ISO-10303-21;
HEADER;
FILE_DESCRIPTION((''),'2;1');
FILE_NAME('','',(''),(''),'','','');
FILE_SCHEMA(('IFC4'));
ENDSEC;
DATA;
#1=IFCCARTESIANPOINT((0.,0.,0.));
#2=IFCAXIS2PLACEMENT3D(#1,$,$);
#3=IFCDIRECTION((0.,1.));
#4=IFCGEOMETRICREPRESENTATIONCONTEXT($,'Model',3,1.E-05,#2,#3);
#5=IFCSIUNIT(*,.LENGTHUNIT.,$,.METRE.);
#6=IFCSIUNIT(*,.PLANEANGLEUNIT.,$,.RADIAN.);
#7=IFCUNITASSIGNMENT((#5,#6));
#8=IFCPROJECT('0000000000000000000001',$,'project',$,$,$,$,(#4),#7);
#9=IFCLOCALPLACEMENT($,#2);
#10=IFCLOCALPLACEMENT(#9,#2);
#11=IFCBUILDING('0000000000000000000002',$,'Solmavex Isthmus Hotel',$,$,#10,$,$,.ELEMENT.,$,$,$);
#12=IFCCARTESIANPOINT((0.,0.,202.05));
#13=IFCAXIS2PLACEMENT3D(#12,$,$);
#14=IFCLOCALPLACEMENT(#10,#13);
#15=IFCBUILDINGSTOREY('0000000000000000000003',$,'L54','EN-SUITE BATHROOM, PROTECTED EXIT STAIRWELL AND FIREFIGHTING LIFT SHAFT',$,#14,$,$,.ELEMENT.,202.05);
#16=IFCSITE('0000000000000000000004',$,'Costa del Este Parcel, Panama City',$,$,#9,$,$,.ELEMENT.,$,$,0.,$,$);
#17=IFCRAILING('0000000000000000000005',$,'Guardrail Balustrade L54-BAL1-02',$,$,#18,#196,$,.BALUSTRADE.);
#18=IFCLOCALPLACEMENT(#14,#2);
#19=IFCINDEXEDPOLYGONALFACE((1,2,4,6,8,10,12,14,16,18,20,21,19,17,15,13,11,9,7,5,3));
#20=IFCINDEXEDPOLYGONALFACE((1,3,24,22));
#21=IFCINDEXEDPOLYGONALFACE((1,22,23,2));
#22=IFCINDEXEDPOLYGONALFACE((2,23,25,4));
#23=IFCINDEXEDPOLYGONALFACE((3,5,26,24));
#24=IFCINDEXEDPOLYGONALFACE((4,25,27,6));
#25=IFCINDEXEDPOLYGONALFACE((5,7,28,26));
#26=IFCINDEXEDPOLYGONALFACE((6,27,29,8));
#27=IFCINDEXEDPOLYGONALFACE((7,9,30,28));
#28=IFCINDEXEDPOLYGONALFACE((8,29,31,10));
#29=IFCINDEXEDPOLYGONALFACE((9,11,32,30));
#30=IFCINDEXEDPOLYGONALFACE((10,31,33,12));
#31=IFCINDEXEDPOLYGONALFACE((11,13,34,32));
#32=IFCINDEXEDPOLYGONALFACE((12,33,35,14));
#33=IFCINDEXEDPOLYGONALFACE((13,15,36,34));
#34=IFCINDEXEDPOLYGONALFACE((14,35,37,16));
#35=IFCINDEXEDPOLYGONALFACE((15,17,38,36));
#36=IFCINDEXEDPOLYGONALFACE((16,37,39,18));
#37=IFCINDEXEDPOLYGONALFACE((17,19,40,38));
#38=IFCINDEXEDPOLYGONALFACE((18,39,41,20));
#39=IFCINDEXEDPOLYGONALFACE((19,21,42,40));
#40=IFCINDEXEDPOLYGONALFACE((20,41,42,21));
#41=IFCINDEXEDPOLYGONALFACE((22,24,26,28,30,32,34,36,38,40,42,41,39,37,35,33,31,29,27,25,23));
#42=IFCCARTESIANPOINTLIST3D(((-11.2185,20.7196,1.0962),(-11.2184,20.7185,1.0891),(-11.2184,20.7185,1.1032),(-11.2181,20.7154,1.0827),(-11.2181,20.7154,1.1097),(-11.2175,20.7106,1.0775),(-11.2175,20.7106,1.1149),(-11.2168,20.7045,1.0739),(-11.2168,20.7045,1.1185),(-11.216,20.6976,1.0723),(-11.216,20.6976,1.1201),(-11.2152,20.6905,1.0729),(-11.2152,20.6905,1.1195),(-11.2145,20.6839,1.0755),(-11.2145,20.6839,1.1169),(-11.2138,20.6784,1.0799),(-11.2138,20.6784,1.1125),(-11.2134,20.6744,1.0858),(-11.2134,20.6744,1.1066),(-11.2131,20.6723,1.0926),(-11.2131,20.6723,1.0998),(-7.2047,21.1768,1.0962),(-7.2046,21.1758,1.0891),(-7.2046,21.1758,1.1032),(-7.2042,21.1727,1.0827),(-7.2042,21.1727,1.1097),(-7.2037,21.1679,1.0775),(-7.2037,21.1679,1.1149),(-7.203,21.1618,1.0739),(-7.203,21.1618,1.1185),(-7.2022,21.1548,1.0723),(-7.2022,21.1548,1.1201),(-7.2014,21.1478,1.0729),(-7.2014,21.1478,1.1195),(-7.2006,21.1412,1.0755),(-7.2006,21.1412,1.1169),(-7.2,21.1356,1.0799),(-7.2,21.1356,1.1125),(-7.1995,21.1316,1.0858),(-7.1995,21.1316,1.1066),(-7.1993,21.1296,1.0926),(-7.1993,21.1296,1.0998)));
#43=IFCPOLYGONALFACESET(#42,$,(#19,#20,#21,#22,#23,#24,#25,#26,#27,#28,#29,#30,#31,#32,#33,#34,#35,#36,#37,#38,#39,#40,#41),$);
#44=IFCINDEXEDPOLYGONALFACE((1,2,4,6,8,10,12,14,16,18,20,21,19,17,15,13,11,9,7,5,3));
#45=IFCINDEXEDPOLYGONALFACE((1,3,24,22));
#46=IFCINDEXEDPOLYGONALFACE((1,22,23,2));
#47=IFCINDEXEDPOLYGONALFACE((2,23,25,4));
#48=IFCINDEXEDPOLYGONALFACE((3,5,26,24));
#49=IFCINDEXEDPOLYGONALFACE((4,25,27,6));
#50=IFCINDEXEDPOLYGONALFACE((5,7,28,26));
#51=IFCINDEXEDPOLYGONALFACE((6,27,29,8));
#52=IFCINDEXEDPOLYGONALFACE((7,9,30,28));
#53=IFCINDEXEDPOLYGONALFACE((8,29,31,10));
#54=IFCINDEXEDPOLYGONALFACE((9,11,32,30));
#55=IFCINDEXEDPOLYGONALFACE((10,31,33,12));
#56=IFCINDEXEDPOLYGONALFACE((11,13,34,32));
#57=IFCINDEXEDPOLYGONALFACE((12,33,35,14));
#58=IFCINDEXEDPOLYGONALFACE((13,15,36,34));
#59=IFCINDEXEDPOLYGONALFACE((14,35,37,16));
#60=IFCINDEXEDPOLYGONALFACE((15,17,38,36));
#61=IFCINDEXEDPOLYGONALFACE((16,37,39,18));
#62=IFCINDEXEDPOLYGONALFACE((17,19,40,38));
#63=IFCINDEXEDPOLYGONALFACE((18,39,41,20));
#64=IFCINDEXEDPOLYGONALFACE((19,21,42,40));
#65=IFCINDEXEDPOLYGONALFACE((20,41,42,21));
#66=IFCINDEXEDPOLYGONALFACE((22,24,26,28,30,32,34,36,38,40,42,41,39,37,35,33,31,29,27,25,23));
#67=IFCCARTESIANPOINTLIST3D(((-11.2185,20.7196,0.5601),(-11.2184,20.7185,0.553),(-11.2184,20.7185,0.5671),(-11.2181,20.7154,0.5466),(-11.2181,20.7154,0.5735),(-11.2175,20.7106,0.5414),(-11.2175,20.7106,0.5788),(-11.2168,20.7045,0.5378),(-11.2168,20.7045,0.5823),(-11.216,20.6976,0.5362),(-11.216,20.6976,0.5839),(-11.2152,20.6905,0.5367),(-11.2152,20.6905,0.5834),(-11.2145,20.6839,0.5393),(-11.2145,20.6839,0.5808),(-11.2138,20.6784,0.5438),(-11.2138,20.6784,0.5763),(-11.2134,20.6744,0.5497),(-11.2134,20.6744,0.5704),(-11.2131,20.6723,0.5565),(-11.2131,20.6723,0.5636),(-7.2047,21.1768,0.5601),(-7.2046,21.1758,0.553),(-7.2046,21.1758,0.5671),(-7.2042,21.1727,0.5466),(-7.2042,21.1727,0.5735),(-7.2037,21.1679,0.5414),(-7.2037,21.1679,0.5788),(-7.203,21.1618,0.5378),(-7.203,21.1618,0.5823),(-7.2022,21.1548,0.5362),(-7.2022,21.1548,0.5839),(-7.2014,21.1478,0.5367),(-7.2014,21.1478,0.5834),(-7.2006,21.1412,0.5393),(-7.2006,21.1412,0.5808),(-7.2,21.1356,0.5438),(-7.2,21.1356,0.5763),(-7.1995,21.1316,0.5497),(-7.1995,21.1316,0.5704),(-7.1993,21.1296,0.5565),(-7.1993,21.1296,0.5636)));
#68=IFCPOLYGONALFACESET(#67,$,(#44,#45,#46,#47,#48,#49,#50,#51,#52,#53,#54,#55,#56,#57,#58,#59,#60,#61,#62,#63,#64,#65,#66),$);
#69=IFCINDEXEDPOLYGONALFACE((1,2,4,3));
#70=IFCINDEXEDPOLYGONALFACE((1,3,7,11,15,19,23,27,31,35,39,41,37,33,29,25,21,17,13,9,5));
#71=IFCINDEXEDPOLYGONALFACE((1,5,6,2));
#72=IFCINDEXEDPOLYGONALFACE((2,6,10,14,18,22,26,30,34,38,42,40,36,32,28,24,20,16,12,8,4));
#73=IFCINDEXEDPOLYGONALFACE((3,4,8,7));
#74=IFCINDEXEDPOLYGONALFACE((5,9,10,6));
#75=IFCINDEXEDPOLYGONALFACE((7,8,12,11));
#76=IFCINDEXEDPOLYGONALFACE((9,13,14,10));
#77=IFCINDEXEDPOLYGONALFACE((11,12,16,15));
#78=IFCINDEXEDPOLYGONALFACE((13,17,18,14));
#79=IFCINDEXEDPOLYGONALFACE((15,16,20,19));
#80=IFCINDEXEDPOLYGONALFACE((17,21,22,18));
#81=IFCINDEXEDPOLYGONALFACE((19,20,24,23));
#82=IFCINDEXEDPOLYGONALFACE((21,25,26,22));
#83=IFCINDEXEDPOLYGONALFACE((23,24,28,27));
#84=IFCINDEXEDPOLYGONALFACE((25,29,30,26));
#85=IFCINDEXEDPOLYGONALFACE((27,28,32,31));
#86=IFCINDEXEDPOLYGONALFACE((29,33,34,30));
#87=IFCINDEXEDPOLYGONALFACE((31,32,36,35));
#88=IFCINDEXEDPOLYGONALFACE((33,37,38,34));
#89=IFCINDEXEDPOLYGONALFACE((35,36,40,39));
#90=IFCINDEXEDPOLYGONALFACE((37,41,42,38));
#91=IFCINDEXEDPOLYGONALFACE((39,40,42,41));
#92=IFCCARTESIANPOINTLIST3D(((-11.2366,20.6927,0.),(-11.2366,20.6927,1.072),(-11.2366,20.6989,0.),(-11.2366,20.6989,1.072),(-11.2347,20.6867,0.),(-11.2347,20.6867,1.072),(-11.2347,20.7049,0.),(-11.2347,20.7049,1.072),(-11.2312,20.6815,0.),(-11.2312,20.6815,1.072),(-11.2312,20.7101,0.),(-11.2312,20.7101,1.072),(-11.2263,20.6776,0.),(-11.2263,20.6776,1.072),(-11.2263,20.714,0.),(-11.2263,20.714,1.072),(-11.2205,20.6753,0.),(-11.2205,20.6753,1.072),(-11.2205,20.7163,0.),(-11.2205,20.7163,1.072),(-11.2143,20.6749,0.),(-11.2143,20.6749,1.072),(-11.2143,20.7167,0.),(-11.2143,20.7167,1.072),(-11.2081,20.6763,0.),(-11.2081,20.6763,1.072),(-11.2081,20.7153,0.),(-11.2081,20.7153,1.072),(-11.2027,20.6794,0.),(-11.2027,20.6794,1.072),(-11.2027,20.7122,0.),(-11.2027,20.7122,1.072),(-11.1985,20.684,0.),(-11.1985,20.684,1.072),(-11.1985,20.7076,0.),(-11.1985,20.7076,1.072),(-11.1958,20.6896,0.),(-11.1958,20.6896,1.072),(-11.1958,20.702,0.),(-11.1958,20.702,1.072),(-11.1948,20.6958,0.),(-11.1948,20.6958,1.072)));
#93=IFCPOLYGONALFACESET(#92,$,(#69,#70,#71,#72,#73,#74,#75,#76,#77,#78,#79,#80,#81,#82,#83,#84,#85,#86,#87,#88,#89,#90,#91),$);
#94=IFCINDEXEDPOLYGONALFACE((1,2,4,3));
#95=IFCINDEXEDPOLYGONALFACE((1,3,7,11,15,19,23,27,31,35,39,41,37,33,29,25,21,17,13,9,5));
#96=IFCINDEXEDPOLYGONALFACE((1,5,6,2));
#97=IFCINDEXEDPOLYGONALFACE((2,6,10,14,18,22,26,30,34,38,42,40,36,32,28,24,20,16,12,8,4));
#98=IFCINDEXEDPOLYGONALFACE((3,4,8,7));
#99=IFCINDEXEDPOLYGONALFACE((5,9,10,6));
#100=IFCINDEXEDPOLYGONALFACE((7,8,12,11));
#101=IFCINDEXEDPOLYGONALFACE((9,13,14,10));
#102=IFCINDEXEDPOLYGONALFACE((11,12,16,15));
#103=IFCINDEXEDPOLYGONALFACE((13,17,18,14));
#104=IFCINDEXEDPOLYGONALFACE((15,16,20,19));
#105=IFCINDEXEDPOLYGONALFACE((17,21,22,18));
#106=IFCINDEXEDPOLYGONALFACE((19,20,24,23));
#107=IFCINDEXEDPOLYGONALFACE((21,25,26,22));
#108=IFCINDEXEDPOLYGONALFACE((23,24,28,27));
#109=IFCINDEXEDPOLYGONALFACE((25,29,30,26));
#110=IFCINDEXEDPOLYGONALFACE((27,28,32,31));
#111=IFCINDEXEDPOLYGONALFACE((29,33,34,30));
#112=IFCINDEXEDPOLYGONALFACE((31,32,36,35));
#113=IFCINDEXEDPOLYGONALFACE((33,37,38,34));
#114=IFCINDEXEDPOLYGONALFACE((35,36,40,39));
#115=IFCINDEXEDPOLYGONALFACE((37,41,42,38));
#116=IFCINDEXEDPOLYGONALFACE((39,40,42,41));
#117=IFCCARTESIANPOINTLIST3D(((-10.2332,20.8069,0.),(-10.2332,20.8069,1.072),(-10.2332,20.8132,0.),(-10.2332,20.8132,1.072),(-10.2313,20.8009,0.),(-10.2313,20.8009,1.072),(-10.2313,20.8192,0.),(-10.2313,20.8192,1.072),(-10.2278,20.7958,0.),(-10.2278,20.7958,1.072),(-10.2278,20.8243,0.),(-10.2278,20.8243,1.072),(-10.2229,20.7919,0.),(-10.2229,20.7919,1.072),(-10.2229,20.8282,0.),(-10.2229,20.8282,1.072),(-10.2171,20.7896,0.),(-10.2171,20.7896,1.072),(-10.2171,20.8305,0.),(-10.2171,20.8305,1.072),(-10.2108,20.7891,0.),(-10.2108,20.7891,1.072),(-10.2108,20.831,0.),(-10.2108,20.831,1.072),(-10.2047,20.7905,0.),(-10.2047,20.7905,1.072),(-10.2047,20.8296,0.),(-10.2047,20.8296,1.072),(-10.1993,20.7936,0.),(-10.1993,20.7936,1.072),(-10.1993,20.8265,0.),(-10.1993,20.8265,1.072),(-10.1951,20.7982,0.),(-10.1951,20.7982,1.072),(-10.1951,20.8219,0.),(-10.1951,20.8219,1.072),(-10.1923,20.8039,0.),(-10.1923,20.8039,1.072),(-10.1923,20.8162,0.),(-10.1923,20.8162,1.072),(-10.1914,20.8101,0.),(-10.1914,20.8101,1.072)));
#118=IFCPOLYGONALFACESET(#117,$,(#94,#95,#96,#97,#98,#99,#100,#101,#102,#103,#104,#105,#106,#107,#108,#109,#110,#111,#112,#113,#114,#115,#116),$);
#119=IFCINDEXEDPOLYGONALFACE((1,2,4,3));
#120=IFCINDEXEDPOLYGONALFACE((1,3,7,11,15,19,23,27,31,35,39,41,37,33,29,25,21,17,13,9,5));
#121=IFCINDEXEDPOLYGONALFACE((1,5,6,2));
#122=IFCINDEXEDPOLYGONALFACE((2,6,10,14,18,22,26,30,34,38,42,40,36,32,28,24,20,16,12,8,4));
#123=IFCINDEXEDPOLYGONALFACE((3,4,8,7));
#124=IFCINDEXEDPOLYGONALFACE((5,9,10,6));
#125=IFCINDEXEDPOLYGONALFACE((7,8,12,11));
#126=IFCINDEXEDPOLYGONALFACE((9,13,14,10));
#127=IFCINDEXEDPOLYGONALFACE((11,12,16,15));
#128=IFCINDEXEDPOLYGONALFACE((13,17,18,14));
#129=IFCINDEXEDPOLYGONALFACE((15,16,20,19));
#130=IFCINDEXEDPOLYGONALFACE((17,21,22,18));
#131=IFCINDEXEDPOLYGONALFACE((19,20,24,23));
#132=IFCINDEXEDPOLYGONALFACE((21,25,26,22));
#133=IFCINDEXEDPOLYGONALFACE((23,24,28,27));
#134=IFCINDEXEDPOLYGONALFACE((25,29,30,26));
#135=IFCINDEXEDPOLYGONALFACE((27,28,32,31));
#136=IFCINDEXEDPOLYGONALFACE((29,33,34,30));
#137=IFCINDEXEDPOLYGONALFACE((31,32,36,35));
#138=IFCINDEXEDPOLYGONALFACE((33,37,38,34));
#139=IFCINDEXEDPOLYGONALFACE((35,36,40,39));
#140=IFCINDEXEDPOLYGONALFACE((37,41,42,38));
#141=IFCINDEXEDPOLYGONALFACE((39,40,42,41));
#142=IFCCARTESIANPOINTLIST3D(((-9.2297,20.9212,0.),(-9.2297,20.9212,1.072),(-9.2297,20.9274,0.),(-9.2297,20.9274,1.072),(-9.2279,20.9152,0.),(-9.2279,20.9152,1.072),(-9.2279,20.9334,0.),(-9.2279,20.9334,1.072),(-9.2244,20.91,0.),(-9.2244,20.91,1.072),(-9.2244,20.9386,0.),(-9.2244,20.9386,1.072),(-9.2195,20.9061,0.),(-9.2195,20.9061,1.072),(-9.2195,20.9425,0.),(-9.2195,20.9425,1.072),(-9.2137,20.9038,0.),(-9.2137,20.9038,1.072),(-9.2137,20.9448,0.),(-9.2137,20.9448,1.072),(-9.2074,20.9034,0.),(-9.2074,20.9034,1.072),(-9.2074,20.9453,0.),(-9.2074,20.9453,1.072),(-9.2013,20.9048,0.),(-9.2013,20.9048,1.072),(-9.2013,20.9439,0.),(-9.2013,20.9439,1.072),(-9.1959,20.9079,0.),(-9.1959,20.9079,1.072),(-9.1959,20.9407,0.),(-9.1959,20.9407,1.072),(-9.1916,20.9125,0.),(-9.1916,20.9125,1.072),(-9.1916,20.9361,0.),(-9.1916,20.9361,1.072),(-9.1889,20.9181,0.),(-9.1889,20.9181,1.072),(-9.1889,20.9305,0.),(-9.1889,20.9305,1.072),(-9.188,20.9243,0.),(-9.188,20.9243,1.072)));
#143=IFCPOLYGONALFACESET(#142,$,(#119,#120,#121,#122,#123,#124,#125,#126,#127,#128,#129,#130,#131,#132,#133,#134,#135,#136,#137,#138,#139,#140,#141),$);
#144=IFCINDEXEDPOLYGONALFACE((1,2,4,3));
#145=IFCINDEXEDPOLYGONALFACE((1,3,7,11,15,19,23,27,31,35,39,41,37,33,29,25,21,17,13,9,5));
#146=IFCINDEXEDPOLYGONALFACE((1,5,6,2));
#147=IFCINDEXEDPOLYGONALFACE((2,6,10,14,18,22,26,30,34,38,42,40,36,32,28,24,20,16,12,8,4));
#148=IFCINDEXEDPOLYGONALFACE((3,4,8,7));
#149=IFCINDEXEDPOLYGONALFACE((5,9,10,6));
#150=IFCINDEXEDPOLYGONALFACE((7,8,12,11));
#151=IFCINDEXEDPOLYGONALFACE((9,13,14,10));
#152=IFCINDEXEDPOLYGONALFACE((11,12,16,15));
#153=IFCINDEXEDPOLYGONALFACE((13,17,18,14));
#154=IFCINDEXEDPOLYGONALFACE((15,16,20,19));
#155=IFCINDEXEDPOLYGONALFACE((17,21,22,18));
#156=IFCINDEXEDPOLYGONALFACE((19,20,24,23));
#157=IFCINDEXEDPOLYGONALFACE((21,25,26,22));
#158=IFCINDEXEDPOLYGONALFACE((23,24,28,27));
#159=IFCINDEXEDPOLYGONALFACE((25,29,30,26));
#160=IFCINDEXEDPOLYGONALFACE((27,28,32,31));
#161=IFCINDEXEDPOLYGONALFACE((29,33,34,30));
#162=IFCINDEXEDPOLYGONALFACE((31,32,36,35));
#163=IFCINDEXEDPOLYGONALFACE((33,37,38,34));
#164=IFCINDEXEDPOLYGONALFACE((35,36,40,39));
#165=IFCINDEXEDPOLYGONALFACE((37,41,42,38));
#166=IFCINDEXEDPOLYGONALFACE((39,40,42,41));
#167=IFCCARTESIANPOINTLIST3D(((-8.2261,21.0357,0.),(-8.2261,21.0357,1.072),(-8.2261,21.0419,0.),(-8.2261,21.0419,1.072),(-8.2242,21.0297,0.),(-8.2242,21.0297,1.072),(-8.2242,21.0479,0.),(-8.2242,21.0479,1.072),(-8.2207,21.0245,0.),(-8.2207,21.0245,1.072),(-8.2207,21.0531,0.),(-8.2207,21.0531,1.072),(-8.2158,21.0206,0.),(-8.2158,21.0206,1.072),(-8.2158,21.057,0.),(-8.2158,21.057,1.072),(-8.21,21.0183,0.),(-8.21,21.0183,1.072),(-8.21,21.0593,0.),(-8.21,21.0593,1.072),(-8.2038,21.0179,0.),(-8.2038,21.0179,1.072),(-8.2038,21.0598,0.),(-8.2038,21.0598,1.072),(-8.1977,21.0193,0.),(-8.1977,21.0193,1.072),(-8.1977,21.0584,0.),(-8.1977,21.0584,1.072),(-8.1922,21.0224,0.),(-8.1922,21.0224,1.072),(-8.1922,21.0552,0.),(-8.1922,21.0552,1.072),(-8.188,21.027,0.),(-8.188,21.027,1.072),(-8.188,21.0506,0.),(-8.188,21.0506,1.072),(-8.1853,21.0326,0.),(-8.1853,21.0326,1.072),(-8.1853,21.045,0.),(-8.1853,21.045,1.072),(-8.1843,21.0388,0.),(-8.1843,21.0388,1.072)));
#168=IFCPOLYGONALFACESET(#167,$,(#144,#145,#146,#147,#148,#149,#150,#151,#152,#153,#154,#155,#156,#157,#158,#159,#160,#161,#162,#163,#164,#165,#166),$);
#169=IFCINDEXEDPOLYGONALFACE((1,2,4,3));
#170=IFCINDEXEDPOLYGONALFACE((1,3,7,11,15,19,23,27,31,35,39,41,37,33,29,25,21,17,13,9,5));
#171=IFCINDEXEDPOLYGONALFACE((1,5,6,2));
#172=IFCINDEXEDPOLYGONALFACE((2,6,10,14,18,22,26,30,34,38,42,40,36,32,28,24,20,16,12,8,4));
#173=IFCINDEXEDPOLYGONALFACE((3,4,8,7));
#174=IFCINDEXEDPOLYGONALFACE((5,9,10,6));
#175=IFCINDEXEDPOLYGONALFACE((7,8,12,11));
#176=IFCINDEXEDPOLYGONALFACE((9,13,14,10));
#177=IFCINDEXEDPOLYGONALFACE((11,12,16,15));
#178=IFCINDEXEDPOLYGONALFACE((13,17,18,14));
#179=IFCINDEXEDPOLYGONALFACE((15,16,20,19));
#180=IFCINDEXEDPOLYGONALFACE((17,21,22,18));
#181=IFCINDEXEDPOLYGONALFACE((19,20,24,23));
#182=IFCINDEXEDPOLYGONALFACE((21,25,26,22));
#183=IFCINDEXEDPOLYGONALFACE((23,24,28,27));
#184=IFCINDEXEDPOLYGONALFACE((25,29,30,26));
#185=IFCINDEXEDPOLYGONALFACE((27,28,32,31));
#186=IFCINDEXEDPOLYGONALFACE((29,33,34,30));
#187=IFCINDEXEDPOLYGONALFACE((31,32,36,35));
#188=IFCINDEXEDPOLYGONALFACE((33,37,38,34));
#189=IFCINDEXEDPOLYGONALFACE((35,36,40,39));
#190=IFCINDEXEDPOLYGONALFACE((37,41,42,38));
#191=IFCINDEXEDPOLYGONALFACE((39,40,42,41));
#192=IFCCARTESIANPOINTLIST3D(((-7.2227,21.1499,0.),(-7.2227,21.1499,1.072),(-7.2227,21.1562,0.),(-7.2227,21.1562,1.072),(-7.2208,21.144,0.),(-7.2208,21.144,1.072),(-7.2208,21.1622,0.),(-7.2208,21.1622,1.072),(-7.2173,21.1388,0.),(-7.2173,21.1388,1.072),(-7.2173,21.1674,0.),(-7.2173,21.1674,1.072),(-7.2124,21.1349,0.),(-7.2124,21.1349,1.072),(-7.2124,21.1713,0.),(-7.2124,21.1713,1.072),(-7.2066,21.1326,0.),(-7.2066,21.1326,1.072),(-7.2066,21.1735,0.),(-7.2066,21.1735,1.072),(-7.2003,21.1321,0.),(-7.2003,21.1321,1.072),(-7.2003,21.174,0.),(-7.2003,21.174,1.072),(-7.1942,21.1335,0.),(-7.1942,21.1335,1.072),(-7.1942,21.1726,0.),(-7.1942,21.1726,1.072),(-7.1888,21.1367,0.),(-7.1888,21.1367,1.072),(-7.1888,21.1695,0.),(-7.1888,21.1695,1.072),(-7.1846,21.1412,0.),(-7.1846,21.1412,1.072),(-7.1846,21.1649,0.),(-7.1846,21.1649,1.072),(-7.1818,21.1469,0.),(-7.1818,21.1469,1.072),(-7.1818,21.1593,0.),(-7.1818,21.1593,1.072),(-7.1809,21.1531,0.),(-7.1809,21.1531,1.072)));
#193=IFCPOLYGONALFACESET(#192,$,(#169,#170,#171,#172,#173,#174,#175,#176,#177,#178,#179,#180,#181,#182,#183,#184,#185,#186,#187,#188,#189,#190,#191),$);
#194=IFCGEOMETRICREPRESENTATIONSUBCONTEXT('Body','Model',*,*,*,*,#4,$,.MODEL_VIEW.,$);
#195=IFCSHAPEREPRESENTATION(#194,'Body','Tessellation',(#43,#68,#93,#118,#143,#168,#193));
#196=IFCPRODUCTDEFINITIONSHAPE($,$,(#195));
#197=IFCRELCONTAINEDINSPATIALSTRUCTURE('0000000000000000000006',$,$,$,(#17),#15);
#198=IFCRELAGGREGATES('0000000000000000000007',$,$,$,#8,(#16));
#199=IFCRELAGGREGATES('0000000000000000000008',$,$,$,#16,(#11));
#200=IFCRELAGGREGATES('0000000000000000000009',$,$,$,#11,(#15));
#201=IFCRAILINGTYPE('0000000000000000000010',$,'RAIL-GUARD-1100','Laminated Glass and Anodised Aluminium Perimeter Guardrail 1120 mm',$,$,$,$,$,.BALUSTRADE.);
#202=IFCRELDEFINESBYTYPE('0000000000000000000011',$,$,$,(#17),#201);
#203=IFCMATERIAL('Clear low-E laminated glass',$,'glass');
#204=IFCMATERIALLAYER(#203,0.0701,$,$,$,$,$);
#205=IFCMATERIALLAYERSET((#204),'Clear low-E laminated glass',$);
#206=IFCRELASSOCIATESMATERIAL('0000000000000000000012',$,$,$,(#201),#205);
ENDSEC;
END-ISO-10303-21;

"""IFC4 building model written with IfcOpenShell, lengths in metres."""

from ifc_helpers import new_model, si_unit, direction, frame, origin, origin_2d, place, context, subcontext, project, spatial, circle, extrude, material, layer, layer_set, type_object, element, save


model = new_model("IFC4")

# Units and contexts
model_context = context("Model", 3, precision=1e-05, world=origin(), true_north=direction((0.0, 1.0)))
body_context = subcontext(model_context, "Body", "Model", "MODEL_VIEW")
ifc_project = project(units=[si_unit("LENGTHUNIT", "METRE"), si_unit("PLANEANGLEUNIT", "RADIAN")], contexts=[model_context])

# Site, building, storey
site_placement = place(None, origin())
site = spatial("IfcSite", under=ifc_project, at=site_placement, Name="Costa del Este Parcel, Panama City", CompositionType="ELEMENT", RefElevation=0.0)
building_placement = place(site_placement, origin())
building = spatial("IfcBuilding", under=site, at=building_placement, Name="Solmavex Isthmus Hotel", CompositionType="ELEMENT")
storey_placement = place(building_placement, frame((0.0, 0.0, 202.05)))
storey = spatial("IfcBuildingStorey", under=building, at=storey_placement, Name="L54", Description="EN-SUITE BATHROOM, PROTECTED EXIT STAIRWELL AND FIREFIGHTING LIFT SHAFT", CompositionType="ELEMENT", Elevation=202.05)

# Shared definitions
ifc_material_1 = material(Name="Clear low-E laminated glass", Category="glass")

# Railing
ifc_layer_1 = layer(ifc_material_1, 0.0701)
ifc_layer_set_1 = layer_set([ifc_layer_1], Name="Clear low-E laminated glass")
railing_type = type_object("IfcRailingType", Name="RAIL-GUARD-1100", Description="Laminated Glass and Anodised Aluminium Perimeter Guardrail 1120 mm", PredefinedType="BALUSTRADE", material=ifc_layer_set_1)
railing_1_placement = place(storey_placement, frame((-11.2158, 20.6958, 0.0)))
element("IfcRailing", 1, at=railing_1_placement, inside=storey, type_object=railing_type, Name="Guardrail Balustrade L54-BAL1-02", PredefinedType="BALUSTRADE", context=body_context, shape_type="SweptSolid", body=[
    extrude(circle(Radius=0.0239, at=origin_2d()), frame((0.0, 0.0, 1.0962), z_axis=(0.993573, 0.11319, 0.0), x_axis=(-0.11319, 0.993573, 0.0)), (0.0, 0.0, 1.0), 4.0398),
    extrude(circle(Radius=0.0239, at=origin_2d()), frame((0.0, 0.0, 0.5601), z_axis=(0.993573, 0.11319, 0.0), x_axis=(-0.11319, 0.993573, 0.0)), (0.0, 0.0, 1.0), 4.0398),
    extrude(circle(Radius=0.021, at=origin_2d()), origin(), (0.0, 0.0, 1.0), 1.072),
    extrude(circle(Radius=0.021, at=origin_2d()), frame((1.0034, 0.1143, 0.0)), (0.0, 0.0, 1.0), 1.072),
    extrude(circle(Radius=0.021, at=origin_2d()), frame((2.0068, 0.2285, 0.0)), (0.0, 0.0, 1.0), 1.072),
    extrude(circle(Radius=0.021, at=origin_2d()), frame((3.0105, 0.343, 0.0)), (0.0, 0.0, 1.0), 1.072),
    extrude(circle(Radius=0.021, at=origin_2d()), frame((4.0139, 0.4573, 0.0)), (0.0, 0.0, 1.0), 1.072),
])

save(model, "model.ifc")
